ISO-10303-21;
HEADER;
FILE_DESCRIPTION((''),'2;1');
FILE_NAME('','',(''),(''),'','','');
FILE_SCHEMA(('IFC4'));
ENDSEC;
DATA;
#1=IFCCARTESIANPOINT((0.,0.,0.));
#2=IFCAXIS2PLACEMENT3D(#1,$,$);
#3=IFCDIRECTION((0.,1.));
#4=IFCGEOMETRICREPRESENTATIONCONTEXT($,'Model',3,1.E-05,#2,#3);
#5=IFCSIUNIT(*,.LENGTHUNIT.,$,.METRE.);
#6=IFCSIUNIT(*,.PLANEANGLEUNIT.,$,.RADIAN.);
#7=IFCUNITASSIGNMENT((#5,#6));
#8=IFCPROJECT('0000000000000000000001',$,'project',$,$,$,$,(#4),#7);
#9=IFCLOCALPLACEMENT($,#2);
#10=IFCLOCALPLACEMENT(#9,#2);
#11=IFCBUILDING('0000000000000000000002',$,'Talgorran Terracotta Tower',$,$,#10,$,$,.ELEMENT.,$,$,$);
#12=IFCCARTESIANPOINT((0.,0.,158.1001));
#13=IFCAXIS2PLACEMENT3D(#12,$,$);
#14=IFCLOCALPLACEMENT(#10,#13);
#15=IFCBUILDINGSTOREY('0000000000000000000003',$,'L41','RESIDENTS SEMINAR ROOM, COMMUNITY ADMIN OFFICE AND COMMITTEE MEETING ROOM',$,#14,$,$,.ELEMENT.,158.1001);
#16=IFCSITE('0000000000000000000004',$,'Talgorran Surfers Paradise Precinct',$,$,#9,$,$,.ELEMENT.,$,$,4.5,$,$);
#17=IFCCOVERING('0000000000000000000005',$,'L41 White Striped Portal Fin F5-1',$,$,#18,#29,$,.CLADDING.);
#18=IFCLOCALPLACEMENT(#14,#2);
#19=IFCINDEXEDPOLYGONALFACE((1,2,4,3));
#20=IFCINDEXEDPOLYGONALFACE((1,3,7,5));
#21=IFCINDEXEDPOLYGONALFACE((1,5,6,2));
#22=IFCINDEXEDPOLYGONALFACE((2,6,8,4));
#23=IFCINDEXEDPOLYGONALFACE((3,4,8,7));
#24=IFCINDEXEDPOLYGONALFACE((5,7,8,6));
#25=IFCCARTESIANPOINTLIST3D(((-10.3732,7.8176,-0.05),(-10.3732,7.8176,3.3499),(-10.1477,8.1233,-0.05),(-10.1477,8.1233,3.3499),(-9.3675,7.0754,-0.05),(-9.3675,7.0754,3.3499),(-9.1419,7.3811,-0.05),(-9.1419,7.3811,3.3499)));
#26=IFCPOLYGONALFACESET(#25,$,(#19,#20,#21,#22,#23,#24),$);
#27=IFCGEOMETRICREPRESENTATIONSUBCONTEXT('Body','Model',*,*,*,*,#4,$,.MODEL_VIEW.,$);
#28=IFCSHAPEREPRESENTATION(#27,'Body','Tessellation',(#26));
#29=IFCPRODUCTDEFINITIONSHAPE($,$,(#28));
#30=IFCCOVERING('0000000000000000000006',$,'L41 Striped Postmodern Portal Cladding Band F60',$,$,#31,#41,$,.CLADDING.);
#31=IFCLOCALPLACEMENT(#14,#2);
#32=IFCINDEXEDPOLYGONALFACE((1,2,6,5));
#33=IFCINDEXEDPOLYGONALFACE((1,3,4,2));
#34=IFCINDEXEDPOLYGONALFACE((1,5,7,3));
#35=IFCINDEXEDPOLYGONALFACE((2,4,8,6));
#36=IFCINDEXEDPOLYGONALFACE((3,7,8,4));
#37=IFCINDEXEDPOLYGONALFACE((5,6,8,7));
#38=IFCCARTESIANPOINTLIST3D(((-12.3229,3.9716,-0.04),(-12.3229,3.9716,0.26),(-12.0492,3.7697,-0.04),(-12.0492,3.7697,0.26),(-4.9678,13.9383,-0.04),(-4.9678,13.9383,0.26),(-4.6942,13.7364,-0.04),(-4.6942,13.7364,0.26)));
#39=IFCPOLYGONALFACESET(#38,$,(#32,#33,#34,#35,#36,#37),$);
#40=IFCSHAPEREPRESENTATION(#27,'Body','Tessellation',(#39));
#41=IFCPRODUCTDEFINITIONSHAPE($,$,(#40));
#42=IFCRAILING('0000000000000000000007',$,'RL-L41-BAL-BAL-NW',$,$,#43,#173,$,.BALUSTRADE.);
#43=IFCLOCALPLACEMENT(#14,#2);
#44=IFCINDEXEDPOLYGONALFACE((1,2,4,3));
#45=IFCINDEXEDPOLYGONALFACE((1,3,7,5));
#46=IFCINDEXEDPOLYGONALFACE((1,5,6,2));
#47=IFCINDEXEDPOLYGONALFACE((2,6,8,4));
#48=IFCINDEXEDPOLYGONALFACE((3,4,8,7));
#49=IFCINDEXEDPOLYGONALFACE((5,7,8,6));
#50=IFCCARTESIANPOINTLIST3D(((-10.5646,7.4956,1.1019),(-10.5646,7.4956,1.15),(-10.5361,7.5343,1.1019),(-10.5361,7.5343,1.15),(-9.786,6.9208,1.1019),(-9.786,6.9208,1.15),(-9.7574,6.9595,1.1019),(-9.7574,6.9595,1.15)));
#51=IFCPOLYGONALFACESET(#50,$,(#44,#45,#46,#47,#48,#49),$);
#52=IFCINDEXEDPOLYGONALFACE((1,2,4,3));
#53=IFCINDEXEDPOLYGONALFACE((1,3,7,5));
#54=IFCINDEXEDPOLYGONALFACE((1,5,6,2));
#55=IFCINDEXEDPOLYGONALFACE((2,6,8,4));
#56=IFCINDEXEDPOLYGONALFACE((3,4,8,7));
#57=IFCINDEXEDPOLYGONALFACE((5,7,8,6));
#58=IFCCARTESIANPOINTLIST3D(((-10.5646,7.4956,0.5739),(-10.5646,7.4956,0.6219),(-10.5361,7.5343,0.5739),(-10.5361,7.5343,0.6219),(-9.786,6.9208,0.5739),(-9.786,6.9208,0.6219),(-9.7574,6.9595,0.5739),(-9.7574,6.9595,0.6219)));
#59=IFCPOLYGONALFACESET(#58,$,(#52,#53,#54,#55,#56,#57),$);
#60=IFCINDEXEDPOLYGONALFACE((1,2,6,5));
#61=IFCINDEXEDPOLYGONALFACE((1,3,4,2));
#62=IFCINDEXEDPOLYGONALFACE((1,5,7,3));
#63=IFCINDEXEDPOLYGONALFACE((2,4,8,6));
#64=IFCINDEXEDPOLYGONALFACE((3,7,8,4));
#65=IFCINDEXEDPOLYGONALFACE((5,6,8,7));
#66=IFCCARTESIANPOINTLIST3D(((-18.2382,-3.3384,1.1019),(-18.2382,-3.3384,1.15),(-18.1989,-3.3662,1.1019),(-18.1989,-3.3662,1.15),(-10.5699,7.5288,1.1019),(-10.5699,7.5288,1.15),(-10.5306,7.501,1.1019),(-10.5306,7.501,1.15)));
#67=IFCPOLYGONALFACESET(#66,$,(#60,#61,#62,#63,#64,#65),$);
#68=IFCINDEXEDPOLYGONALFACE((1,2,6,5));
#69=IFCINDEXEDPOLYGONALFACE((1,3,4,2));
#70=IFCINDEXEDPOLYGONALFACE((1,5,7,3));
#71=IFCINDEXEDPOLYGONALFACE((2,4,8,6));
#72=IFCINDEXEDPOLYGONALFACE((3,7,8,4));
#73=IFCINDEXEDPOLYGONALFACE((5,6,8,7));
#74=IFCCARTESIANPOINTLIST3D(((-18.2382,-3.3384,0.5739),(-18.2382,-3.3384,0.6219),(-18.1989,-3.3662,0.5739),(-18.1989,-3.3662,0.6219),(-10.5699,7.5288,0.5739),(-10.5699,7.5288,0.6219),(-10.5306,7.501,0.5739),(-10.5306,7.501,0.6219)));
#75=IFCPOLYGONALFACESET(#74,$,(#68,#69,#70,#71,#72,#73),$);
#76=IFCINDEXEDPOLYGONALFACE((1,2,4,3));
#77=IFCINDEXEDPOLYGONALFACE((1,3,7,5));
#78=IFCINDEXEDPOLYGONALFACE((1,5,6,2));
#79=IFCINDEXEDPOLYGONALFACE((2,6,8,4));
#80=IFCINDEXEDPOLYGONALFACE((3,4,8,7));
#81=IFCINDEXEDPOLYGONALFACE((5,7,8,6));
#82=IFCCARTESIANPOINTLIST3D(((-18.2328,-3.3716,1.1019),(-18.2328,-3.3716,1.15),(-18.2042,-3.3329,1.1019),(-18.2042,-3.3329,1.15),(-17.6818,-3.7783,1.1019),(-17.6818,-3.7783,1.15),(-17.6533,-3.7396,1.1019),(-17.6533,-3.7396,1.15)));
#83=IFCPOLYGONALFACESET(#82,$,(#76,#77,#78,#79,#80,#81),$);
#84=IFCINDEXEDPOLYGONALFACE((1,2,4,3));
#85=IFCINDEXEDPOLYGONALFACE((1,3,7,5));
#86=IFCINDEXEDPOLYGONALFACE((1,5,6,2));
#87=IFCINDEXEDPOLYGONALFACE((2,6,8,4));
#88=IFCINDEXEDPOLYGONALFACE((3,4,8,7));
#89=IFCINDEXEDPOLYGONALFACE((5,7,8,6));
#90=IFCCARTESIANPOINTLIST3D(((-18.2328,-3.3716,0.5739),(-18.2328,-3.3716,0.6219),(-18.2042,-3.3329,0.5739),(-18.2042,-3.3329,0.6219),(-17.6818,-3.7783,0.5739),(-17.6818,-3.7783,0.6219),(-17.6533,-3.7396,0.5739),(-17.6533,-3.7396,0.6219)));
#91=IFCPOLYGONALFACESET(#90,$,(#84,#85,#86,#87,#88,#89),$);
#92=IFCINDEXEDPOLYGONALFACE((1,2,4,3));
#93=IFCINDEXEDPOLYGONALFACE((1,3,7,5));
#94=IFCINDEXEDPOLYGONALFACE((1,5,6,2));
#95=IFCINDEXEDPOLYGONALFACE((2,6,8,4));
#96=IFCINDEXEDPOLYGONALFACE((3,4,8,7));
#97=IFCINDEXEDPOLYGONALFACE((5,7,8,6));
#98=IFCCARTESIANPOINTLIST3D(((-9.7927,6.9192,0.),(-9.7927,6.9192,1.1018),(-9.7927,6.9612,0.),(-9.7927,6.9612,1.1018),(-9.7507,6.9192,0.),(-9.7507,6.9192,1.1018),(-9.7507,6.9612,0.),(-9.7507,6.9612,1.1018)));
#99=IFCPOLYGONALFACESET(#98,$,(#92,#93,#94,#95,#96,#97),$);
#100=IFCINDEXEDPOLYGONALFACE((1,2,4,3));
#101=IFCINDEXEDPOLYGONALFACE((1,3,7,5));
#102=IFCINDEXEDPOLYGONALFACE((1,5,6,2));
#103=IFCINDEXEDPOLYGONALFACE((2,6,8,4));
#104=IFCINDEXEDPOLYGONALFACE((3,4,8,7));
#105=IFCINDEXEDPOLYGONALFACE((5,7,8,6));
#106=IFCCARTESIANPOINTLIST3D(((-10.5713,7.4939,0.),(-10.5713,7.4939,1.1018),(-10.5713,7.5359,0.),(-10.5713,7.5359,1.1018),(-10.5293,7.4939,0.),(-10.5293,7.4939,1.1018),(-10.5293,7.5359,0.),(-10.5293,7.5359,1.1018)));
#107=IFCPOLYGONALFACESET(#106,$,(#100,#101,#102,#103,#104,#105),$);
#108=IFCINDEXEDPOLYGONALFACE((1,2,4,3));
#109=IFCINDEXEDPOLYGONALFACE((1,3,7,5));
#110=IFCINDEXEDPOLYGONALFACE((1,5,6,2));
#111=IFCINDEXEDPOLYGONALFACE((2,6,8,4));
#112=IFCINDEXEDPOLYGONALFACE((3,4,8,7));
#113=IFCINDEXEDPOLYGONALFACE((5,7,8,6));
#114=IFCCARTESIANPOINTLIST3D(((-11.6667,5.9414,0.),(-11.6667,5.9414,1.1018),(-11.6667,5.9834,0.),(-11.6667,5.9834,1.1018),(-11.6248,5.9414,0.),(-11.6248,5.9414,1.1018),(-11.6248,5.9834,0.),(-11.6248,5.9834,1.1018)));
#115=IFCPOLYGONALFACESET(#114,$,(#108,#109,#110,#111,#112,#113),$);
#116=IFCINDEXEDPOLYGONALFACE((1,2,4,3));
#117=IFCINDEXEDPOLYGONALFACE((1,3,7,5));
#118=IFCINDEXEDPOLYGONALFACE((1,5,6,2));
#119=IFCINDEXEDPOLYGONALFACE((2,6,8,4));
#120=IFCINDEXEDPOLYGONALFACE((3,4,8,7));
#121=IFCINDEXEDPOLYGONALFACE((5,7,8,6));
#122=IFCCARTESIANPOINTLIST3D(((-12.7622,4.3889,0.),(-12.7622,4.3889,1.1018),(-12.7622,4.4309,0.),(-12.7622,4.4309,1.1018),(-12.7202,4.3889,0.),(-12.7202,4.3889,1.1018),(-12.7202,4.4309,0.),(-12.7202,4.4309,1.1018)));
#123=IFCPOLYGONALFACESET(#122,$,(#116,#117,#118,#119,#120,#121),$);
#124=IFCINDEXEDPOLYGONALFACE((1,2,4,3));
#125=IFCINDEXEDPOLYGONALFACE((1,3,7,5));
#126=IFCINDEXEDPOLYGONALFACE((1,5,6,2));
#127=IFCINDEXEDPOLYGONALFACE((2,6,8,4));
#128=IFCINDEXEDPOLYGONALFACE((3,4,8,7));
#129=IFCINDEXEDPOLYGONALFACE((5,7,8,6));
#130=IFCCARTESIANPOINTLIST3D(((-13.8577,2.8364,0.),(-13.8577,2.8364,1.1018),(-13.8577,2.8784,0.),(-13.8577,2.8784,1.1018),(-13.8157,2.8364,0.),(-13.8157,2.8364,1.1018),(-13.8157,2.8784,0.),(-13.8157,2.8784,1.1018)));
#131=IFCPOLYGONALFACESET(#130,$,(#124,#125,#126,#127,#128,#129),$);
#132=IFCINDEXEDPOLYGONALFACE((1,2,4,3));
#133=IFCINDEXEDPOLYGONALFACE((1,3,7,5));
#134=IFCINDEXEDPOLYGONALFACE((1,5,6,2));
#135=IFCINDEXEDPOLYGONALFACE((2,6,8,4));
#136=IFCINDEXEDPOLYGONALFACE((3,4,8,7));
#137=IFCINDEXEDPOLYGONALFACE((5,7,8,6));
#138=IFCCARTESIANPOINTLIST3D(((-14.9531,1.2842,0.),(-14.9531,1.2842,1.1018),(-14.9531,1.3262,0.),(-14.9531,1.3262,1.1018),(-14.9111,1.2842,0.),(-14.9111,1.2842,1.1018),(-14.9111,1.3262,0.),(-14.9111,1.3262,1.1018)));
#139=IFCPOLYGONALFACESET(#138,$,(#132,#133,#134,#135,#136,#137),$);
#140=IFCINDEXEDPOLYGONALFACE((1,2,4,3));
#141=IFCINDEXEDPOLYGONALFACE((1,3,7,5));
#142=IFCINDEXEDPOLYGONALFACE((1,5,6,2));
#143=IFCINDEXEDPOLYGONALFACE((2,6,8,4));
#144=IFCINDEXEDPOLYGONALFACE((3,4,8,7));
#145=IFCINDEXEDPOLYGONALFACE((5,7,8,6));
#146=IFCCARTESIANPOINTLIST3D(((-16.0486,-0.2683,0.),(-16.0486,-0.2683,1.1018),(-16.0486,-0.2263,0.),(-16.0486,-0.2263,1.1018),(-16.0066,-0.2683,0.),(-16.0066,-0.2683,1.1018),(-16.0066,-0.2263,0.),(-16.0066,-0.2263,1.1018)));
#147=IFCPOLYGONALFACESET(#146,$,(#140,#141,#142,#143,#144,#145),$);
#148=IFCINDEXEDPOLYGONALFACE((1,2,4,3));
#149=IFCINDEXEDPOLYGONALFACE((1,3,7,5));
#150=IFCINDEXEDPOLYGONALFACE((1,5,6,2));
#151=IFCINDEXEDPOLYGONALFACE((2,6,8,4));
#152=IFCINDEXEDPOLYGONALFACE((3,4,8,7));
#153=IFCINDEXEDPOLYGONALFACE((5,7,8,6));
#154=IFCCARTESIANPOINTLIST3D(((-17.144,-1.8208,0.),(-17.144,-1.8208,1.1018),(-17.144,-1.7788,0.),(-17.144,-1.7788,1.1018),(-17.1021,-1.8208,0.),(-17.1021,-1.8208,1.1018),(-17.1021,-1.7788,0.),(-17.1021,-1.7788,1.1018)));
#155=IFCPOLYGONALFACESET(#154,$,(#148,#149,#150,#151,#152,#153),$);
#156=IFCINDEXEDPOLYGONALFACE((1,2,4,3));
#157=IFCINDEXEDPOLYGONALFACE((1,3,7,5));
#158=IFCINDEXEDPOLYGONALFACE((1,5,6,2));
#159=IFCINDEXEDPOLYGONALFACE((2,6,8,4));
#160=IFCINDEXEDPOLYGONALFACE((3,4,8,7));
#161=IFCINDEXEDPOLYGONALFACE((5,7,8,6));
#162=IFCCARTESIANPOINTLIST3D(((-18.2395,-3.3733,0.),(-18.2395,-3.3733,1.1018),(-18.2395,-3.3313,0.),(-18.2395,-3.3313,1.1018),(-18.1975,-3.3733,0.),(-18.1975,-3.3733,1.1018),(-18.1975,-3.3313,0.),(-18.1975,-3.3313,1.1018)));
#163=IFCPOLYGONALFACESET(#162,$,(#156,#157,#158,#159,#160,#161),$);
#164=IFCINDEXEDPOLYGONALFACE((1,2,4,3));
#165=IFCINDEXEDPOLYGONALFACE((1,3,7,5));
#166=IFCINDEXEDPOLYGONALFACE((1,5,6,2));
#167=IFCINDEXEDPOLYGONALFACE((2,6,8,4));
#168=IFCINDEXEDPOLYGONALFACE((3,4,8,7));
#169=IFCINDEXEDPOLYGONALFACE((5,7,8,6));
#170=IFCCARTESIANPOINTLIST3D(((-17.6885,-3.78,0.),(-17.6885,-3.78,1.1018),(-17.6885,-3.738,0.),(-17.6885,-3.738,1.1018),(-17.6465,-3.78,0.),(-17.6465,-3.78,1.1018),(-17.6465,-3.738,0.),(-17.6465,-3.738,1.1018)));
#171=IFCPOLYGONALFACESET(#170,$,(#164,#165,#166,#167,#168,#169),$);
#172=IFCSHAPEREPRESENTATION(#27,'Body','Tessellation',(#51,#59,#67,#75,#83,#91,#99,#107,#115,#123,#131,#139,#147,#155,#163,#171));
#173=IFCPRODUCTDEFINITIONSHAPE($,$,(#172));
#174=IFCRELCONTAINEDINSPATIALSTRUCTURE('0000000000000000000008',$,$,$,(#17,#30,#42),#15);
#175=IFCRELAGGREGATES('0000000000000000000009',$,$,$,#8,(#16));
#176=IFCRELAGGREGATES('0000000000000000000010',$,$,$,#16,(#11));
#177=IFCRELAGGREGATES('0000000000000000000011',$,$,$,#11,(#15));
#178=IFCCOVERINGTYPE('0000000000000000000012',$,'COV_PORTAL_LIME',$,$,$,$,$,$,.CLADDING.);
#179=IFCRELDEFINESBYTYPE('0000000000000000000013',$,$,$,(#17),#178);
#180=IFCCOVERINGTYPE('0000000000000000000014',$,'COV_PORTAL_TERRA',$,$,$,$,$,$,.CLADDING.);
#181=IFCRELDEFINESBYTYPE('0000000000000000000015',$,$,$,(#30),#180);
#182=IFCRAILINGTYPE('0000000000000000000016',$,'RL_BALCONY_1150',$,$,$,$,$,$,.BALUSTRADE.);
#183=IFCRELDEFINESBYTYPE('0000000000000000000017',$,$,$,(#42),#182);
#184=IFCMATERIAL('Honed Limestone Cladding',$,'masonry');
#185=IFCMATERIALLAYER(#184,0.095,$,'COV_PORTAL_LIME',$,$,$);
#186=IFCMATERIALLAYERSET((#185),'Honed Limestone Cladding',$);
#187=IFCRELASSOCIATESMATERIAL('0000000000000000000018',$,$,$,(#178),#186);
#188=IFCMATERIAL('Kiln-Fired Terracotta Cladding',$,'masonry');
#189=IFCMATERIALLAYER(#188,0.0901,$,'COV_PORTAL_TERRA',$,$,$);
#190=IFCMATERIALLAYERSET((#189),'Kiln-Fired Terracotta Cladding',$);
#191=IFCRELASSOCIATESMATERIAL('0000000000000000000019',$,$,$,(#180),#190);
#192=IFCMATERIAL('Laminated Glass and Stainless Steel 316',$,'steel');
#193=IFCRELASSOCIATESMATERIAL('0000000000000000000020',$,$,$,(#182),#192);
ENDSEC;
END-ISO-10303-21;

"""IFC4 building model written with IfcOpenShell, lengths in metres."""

from ifc_helpers import new_model, si_unit, direction, frame, origin, origin_2d, place, context, subcontext, project, spatial, rectangle, extrude, material, layer, layer_set, type_object, element, save


model = new_model("IFC4")

# Units and contexts
model_context = context("Model", 3, precision=1e-05, world=origin(), true_north=direction((0.0, 1.0)))
body_context = subcontext(model_context, "Body", "Model", "MODEL_VIEW")
ifc_project = project(units=[si_unit("LENGTHUNIT", "METRE"), si_unit("PLANEANGLEUNIT", "RADIAN")], contexts=[model_context])

# Site, building, storey
site_placement = place(None, origin())
site = spatial("IfcSite", under=ifc_project, at=site_placement, Name="Talgorran Surfers Paradise Precinct", CompositionType="ELEMENT", RefElevation=4.5)
building_placement = place(site_placement, origin())
building = spatial("IfcBuilding", under=site, at=building_placement, Name="Talgorran Terracotta Tower", CompositionType="ELEMENT")
storey_placement = place(building_placement, frame((0.0, 0.0, 158.1001)))
storey = spatial("IfcBuildingStorey", under=building, at=storey_placement, Name="L41", Description="RESIDENTS SEMINAR ROOM, COMMUNITY ADMIN OFFICE AND COMMITTEE MEETING ROOM", CompositionType="ELEMENT", Elevation=158.1001)

# Coverings
ifc_material_1 = material(Name="Honed Limestone Cladding", Category="masonry")
ifc_layer_1 = layer(ifc_material_1, 0.095, Name="COV_PORTAL_LIME")
ifc_layer_set_1 = layer_set([ifc_layer_1], Name="Honed Limestone Cladding")
covering_type_1 = type_object("IfcCoveringType", Name="COV_PORTAL_LIME", PredefinedType="CLADDING", material=ifc_layer_set_1)
covering_1_placement = place(storey_placement, frame((-9.7576, 7.5994, -0.05), z_axis=(0.0, 0.0, 1.0), x_axis=(-0.593784, -0.804624, 0.0)))
element("IfcCovering", 1, at=covering_1_placement, inside=storey, type_object=covering_type_1, Name="L41 White Striped Portal Fin F5-1", PredefinedType="CLADDING", context=body_context, shape_type="SweptSolid", body=[
    extrude(rectangle(XDim=0.3799, YDim=1.25, at=origin_2d()), origin(), (0.0, 0.0, 1.0), 3.3999),
])
ifc_material_2 = material(Name="Kiln-Fired Terracotta Cladding", Category="masonry")
ifc_layer_2 = layer(ifc_material_2, 0.0901, Name="COV_PORTAL_TERRA")
ifc_layer_set_2 = layer_set([ifc_layer_2], Name="Kiln-Fired Terracotta Cladding")
covering_type_2 = type_object("IfcCoveringType", Name="COV_PORTAL_TERRA", PredefinedType="CLADDING", material=ifc_layer_set_2)
covering_2_placement = place(storey_placement, frame((-8.5085, 8.854, -0.04), z_axis=(0.0, 0.0, 1.0), x_axis=(-0.593784, -0.804624, 0.0)))
element("IfcCovering", 2, at=covering_2_placement, inside=storey, type_object=covering_type_2, Name="L41 Striped Postmodern Portal Cladding Band F60", PredefinedType="CLADDING", context=body_context, shape_type="SweptSolid", body=[
    extrude(rectangle(XDim=12.3867, YDim=0.3401, at=origin_2d()), origin(), (0.0, 0.0, 1.0), 0.3),
])

# Railing
ifc_material_3 = material(Name="Laminated Glass and Stainless Steel 316", Category="steel")
railing_type = type_object("IfcRailingType", Name="RL_BALCONY_1150", PredefinedType="BALUSTRADE", material=ifc_material_3)
railing_placement = place(storey_placement, frame((-9.7717, 6.9402, 0.0)))
element("IfcRailing", 3, at=railing_placement, inside=storey, type_object=railing_type, Name="RL-L41-BAL-BAL-NW", PredefinedType="BALUSTRADE", context=body_context, shape_type="SweptSolid", body=[
    extrude(rectangle(XDim=0.0481, YDim=0.0481, at=origin_2d()), frame((0.0, 0.0, 1.126), z_axis=(-0.804548, 0.593887, 0.0), x_axis=(-0.593887, -0.804548, 0.0)), (0.0, 0.0, 1.0), 0.9678),
    extrude(rectangle(XDim=0.0481, YDim=0.0481, at=origin_2d()), frame((0.0, 0.0, 0.5979), z_axis=(-0.804548, 0.593887, 0.0), x_axis=(-0.593887, -0.804548, 0.0)), (0.0, 0.0, 1.0), 0.9678),
    extrude(rectangle(XDim=0.0481, YDim=0.0481, at=origin_2d()), frame((-0.7786, 0.5747, 1.126), z_axis=(-0.576546, -0.817065, 0.0), x_axis=(0.817065, -0.576546, 0.0)), (0.0, 0.0, 1.0), 13.3003),
    extrude(rectangle(XDim=0.0481, YDim=0.0481, at=origin_2d()), frame((-0.7786, 0.5747, 0.5979), z_axis=(-0.576546, -0.817065, 0.0), x_axis=(0.817065, -0.576546, 0.0)), (0.0, 0.0, 1.0), 13.3003),
    extrude(rectangle(XDim=0.0481, YDim=0.0481, at=origin_2d()), frame((-8.4468, -10.2925, 1.126), z_axis=(0.804554, -0.59388, 0.0), x_axis=(0.59388, 0.804554, 0.0)), (0.0, 0.0, 1.0), 0.6848),
    extrude(rectangle(XDim=0.0481, YDim=0.0481, at=origin_2d()), frame((-8.4468, -10.2925, 0.5979), z_axis=(0.804554, -0.59388, 0.0), x_axis=(0.59388, 0.804554, 0.0)), (0.0, 0.0, 1.0), 0.6848),
    extrude(rectangle(XDim=0.042, YDim=0.042, at=origin_2d()), origin(), (0.0, 0.0, 1.0), 1.1018),
    extrude(rectangle(XDim=0.042, YDim=0.042, at=origin_2d()), frame((-0.7786, 0.5747, 0.0)), (0.0, 0.0, 1.0), 1.1018),
    extrude(rectangle(XDim=0.042, YDim=0.042, at=origin_2d()), frame((-1.874, -0.9778, 0.0)), (0.0, 0.0, 1.0), 1.1018),
    extrude(rectangle(XDim=0.042, YDim=0.042, at=origin_2d()), frame((-2.9695, -2.5303, 0.0)), (0.0, 0.0, 1.0), 1.1018),
    extrude(rectangle(XDim=0.042, YDim=0.042, at=origin_2d()), frame((-4.0649, -4.0828, 0.0)), (0.0, 0.0, 1.0), 1.1018),
    extrude(rectangle(XDim=0.042, YDim=0.042, at=origin_2d()), frame((-5.1604, -5.635, 0.0)), (0.0, 0.0, 1.0), 1.1018),
    extrude(rectangle(XDim=0.042, YDim=0.042, at=origin_2d()), frame((-6.2559, -7.1875, 0.0)), (0.0, 0.0, 1.0), 1.1018),
    extrude(rectangle(XDim=0.042, YDim=0.042, at=origin_2d()), frame((-7.3513, -8.74, 0.0)), (0.0, 0.0, 1.0), 1.1018),
    extrude(rectangle(XDim=0.042, YDim=0.042, at=origin_2d()), frame((-8.4468, -10.2925, 0.0)), (0.0, 0.0, 1.0), 1.1018),
    extrude(rectangle(XDim=0.042, YDim=0.042, at=origin_2d()), frame((-7.8958, -10.6992, 0.0)), (0.0, 0.0, 1.0), 1.1018),
])

save(model, "model.ifc")
